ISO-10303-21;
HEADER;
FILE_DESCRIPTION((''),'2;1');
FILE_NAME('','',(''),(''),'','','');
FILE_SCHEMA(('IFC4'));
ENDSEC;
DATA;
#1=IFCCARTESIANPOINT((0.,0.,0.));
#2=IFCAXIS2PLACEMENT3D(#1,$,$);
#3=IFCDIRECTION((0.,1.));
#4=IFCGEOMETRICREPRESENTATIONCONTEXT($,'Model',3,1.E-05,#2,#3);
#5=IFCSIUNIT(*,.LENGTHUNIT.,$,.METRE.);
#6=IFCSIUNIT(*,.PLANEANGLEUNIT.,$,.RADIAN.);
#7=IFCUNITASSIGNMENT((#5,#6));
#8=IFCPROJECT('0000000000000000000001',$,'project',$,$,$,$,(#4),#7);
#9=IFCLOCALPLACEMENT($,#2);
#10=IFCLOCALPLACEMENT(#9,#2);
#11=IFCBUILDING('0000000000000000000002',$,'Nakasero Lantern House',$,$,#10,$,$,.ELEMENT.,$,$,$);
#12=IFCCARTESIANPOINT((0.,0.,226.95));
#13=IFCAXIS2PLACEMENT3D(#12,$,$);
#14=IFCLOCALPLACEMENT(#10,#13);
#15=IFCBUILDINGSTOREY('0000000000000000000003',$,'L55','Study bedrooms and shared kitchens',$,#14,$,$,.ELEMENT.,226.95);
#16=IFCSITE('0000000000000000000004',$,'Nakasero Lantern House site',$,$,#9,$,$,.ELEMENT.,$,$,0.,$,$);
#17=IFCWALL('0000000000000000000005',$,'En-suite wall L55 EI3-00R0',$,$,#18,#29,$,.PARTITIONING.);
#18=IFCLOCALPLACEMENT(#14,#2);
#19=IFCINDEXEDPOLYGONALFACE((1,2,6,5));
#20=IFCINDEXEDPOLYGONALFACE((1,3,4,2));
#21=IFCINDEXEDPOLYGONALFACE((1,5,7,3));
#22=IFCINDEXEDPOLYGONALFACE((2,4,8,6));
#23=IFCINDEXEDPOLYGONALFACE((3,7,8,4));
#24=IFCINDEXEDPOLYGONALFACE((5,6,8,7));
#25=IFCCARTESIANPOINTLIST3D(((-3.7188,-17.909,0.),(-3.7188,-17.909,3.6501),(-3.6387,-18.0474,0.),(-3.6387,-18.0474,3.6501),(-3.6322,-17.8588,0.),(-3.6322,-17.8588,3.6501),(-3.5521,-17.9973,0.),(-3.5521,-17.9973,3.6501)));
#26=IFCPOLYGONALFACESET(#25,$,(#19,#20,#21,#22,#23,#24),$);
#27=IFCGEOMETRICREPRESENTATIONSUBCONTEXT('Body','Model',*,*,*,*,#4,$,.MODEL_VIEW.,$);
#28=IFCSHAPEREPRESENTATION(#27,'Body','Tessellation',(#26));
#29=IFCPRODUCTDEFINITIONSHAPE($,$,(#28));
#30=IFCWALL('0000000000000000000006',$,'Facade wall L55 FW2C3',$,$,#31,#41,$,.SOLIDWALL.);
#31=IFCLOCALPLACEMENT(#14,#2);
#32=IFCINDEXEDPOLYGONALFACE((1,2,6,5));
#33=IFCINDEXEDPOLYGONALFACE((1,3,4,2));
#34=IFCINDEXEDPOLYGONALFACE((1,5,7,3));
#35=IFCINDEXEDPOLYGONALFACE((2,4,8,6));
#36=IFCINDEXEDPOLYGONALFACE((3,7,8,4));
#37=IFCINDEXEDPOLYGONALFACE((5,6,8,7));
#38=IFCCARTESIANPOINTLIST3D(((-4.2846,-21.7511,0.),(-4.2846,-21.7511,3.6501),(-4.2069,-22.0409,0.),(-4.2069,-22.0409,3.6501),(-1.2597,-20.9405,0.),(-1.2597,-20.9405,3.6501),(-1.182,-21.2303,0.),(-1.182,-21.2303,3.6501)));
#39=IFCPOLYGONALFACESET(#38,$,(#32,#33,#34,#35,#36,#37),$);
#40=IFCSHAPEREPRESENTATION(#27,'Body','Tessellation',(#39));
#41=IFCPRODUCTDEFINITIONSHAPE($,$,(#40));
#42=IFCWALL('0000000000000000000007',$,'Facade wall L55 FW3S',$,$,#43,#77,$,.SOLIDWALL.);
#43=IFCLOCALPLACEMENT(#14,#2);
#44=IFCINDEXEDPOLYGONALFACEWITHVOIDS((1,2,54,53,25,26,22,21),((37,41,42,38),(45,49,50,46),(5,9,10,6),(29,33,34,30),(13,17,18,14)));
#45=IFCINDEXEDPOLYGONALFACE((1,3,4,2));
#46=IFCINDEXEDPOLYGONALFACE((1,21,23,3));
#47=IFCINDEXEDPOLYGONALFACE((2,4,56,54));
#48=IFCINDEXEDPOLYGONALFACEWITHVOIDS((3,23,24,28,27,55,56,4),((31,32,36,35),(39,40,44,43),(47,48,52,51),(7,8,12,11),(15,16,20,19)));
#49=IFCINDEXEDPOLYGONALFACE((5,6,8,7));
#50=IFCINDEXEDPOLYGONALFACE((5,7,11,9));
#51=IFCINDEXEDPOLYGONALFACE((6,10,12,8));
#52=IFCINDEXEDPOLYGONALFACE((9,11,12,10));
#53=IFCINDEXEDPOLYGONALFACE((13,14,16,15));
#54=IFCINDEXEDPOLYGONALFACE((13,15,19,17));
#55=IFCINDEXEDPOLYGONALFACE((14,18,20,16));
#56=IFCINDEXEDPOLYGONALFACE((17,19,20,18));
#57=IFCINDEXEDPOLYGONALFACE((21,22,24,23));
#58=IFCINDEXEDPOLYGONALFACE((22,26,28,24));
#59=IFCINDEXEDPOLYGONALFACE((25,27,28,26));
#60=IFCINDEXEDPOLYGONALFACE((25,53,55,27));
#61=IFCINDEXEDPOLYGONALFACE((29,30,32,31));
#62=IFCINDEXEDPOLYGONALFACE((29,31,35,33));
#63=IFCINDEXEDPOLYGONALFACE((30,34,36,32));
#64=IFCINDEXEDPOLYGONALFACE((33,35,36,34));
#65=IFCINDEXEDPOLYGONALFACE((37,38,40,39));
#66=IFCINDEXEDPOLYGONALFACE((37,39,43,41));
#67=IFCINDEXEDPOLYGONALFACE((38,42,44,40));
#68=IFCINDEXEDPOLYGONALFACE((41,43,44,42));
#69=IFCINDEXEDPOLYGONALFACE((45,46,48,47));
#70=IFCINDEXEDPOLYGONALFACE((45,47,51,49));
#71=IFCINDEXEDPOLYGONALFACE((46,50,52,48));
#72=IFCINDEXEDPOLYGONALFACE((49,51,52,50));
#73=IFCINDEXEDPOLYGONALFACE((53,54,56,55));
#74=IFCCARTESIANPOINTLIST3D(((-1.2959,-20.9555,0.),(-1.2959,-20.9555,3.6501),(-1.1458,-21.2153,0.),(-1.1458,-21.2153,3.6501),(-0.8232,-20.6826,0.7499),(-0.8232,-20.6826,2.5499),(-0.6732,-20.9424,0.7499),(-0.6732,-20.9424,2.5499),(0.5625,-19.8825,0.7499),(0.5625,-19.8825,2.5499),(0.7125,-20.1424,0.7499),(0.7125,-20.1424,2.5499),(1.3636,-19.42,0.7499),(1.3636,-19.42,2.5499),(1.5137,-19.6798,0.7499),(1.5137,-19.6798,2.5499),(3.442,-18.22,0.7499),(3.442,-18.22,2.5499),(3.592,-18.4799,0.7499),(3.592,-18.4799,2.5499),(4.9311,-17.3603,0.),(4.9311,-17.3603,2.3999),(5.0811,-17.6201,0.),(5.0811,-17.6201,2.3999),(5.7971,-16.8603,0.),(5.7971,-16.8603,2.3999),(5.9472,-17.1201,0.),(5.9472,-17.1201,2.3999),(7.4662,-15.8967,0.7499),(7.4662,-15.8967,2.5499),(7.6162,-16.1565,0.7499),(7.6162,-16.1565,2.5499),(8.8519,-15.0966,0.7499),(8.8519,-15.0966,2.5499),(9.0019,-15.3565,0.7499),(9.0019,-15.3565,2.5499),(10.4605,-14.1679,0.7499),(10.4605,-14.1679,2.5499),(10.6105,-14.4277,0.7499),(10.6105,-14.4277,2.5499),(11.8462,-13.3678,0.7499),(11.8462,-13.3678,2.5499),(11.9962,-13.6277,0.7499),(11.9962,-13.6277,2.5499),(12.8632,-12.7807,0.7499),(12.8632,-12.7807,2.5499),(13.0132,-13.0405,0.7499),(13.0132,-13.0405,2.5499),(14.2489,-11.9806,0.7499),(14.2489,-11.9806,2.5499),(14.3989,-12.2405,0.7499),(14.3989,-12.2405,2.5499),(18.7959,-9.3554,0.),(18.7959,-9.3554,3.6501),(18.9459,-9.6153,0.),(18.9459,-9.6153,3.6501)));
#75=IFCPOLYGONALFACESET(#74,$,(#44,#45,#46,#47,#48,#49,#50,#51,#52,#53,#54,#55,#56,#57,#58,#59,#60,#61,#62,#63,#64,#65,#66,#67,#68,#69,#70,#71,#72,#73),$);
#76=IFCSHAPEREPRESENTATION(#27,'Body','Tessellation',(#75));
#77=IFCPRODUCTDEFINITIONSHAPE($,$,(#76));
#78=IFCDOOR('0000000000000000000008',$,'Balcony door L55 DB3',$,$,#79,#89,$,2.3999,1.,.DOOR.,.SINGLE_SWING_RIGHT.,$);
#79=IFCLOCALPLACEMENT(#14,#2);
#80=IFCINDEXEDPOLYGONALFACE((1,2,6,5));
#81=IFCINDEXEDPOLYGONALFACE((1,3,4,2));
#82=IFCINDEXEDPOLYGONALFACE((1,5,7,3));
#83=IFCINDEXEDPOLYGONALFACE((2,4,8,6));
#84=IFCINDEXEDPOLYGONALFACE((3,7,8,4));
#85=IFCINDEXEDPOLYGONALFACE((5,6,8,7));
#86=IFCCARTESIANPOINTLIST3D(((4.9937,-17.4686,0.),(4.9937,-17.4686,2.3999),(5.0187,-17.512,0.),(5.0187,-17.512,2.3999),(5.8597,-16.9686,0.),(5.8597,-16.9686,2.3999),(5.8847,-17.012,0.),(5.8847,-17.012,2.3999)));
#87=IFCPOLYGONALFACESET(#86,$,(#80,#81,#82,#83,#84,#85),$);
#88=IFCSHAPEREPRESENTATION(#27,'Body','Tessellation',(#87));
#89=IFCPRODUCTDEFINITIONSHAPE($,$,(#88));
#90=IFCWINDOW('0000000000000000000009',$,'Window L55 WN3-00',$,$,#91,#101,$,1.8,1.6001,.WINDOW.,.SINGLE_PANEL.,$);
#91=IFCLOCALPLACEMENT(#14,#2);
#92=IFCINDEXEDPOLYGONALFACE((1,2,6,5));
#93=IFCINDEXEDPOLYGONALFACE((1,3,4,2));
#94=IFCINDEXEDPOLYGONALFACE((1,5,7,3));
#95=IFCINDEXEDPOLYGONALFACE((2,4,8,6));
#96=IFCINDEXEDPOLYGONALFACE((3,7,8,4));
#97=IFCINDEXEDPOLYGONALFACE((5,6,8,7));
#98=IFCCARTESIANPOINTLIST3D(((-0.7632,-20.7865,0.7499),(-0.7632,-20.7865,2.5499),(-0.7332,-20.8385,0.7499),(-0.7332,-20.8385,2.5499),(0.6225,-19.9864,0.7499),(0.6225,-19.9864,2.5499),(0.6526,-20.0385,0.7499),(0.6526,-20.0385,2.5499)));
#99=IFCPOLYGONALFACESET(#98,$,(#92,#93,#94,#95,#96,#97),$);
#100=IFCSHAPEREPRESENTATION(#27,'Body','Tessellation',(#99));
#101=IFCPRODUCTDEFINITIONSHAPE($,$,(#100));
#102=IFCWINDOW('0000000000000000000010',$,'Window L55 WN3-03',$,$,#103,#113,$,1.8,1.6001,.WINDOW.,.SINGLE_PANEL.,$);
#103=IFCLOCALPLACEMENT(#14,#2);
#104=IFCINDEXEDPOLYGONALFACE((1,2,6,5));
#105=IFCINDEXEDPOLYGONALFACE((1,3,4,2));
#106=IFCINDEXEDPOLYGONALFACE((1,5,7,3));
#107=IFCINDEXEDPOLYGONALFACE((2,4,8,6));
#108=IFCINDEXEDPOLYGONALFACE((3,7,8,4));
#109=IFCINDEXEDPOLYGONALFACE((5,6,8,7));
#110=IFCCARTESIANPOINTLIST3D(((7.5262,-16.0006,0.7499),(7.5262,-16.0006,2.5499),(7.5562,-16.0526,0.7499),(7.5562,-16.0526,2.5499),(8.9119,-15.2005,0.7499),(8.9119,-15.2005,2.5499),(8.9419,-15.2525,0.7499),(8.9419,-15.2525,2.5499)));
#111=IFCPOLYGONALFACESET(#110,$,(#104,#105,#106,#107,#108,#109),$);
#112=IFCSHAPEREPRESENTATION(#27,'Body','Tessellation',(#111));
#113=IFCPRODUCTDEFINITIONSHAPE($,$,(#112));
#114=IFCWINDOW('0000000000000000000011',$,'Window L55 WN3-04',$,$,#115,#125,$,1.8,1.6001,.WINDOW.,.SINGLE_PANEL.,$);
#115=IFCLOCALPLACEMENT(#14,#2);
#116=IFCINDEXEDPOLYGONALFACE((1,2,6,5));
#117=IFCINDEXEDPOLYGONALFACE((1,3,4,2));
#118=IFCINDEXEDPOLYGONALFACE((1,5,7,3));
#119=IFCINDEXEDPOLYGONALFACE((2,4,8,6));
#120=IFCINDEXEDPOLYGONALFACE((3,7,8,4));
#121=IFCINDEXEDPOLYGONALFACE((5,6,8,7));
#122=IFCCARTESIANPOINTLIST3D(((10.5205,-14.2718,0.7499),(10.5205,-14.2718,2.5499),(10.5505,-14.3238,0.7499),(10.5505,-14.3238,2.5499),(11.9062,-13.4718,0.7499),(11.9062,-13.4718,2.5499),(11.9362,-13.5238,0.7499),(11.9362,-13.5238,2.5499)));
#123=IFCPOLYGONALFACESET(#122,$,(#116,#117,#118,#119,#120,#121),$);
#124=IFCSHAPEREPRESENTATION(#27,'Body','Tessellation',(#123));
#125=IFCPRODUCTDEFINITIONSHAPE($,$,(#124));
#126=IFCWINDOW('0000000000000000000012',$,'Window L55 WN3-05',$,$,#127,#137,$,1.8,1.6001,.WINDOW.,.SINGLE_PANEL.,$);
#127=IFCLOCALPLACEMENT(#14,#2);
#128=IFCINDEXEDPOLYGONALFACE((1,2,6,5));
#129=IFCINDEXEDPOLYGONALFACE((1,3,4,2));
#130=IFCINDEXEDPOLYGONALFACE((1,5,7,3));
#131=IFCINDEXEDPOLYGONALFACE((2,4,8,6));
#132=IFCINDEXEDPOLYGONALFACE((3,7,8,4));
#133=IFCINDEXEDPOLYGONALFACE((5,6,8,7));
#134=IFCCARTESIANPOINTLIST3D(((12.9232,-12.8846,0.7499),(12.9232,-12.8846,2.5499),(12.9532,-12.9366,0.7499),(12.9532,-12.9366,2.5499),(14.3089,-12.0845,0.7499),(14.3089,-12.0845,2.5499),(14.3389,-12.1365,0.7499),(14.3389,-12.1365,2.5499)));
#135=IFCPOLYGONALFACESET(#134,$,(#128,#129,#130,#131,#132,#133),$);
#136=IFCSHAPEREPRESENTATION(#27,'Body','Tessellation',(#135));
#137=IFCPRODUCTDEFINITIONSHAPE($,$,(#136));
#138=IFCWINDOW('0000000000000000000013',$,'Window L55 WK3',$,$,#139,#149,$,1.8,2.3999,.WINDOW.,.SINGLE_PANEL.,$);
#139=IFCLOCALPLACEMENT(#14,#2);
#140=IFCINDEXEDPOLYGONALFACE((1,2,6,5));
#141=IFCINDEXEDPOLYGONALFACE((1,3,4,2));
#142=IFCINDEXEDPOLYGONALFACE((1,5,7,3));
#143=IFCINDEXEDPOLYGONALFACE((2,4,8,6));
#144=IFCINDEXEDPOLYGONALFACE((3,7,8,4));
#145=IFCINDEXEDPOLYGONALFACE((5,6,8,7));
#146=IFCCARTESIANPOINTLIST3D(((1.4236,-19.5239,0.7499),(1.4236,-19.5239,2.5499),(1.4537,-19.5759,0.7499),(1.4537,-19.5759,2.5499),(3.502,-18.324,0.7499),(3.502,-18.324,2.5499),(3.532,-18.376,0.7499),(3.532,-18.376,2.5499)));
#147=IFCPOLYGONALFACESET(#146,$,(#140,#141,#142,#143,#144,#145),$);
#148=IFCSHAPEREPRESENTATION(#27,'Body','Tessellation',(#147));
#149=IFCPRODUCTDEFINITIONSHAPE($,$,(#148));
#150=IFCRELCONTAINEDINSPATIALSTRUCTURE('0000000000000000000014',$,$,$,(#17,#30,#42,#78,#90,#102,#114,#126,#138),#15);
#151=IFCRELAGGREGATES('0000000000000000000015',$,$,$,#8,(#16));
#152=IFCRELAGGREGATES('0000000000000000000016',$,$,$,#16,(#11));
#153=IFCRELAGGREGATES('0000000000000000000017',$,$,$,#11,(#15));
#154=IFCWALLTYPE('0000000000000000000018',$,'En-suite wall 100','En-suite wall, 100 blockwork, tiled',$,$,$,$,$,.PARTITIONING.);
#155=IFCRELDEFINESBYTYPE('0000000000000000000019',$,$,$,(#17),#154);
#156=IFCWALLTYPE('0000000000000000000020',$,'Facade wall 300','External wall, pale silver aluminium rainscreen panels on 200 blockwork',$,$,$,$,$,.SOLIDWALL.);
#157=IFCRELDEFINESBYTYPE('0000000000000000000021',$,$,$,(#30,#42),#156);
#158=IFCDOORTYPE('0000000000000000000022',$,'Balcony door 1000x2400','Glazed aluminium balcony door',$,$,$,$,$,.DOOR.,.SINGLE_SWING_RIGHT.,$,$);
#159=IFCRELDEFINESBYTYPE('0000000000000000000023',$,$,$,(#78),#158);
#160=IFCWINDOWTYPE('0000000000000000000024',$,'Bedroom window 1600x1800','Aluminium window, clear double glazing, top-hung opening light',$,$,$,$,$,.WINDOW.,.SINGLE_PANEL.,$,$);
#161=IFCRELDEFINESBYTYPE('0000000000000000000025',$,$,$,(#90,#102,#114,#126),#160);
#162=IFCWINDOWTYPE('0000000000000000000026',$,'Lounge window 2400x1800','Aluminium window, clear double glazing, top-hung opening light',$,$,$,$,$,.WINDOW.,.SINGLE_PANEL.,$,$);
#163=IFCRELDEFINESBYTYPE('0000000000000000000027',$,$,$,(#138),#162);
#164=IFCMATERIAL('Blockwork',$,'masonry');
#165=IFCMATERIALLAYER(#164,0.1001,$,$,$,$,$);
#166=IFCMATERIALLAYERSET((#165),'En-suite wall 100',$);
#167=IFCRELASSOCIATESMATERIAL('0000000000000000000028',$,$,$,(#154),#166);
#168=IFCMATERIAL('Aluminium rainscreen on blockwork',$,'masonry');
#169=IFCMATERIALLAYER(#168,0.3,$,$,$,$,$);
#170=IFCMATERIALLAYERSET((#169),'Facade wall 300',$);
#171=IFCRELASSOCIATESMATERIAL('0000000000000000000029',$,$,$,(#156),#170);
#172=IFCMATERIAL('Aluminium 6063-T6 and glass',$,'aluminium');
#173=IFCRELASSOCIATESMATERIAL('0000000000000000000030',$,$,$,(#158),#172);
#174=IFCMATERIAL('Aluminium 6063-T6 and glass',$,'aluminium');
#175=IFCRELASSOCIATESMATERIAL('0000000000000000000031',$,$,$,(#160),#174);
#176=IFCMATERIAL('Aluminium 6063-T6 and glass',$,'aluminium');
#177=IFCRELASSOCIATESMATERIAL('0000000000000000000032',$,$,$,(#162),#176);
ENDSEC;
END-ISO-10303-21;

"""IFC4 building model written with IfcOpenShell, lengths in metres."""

from ifc_helpers import new_model, si_unit, direction, frame, frame_2d, origin, place, context, subcontext, project, spatial, rectangle, extrude, material, layer, layer_set, type_object, element, fill, save


model = new_model("IFC4")

# Units and contexts
model_context = context("Model", 3, precision=1e-05, world=origin(), true_north=direction((0.0, 1.0)))
body_context = subcontext(model_context, "Body", "Model", "MODEL_VIEW")
ifc_project = project(units=[si_unit("LENGTHUNIT", "METRE"), si_unit("PLANEANGLEUNIT", "RADIAN")], contexts=[model_context])

# Site, building, storey
site_placement = place(None, origin())
site = spatial("IfcSite", under=ifc_project, at=site_placement, Name="Nakasero Lantern House site", CompositionType="ELEMENT", RefElevation=0.0)
building_placement = place(site_placement, origin())
building = spatial("IfcBuilding", under=site, at=building_placement, Name="Nakasero Lantern House", CompositionType="ELEMENT")
storey_placement = place(building_placement, frame((0.0, 0.0, 226.95)))
storey = spatial("IfcBuildingStorey", under=building, at=storey_placement, Name="L55", Description="Study bedrooms and shared kitchens", CompositionType="ELEMENT", Elevation=226.95)

# Shared definitions
ifc_material_1 = material(Name="Blockwork", Category="masonry")
ifc_layer_1 = layer(ifc_material_1, 0.1001)
ifc_layer_set_1 = layer_set([ifc_layer_1], Name="En-suite wall 100")
wall_type_1 = type_object("IfcWallType", Name="En-suite wall 100", Description="En-suite wall, 100 blockwork, tiled", PredefinedType="PARTITIONING", material=ifc_layer_set_1)

# Walls
wall_1_placement = place(storey_placement, frame((-3.6755, -17.8838, 0.0), z_axis=(0.0, 0.0, 1.0), x_axis=(0.500735, -0.8656, 0.0)))
element("IfcWall", 1, at=wall_1_placement, inside=storey, type_object=wall_type_1, Name="En-suite wall L55 EI3-00R0", PredefinedType="PARTITIONING", context=body_context, shape_type="SweptSolid", body=[
    extrude(rectangle(XDim=0.1599, YDim=0.1001, at=frame_2d((0.0801, 0.0))), origin(), (0.0, 0.0, 1.0), 3.6501),
])
ifc_material_2 = material(Name="Aluminium rainscreen on blockwork", Category="masonry")
ifc_layer_2 = layer(ifc_material_2, 0.3)
ifc_layer_set_2 = layer_set([ifc_layer_2], Name="Facade wall 300")
wall_type_2 = type_object("IfcWallType", Name="Facade wall 300", Description="External wall, pale silver aluminium rainscreen panels on 200 blockwork", PredefinedType="SOLIDWALL", material=ifc_layer_set_2)
wall_2_placement = place(storey_placement, frame((-4.2458, -21.896, 0.0), z_axis=(0.0, 0.0, 1.0), x_axis=(0.965924, 0.258827, 0.0)))
element("IfcWall", 2, at=wall_2_placement, inside=storey, type_object=wall_type_2, Name="Facade wall L55 FW2C3", PredefinedType="SOLIDWALL", context=body_context, shape_type="SweptSolid", body=[
    extrude(rectangle(XDim=3.1316, YDim=0.3, at=frame_2d((1.5659, 0.0))), origin(), (0.0, 0.0, 1.0), 3.6501),
])

# Wall, openings, door, windows
wall_3_placement = place(storey_placement, frame((-1.2209, -21.0854, 0.0), z_axis=(0.0, 0.0, 1.0), x_axis=(0.866024, 0.500003, 0.0)))
wall_3 = element("IfcWall", 3, at=wall_3_placement, inside=storey, type_object=wall_type_2, Name="Facade wall L55 FW3S", PredefinedType="SOLIDWALL", context=body_context, shape_type="SweptSolid", body=[
    extrude(rectangle(XDim=23.2, YDim=0.3, at=frame_2d((11.6001, 0.0))), origin(), (0.0, 0.0, 1.0), 3.6501),
])
opening_1_placement = place(wall_3_placement, frame((0.5459, 0.0, 0.75)))
opening_1 = element("IfcOpeningElement", 4, at=opening_1_placement, cuts=wall_3, PredefinedType="OPENING", context=body_context, shape_type="SweptSolid", body=[
    extrude(rectangle(XDim=1.6001, YDim=1.8, at=frame_2d((0.8, 0.8999))), frame((0.0, 0.1699, 0.0), z_axis=(0.0, -1.0, 0.0), x_axis=(1.0, 0.0, 0.0)), (0.0, 0.0, 1.0), 0.3401),
])
opening_2_placement = place(wall_3_placement, frame((10.1177, 0.0, 0.75)))
opening_2 = element("IfcOpeningElement", 5, at=opening_2_placement, cuts=wall_3, PredefinedType="OPENING", context=body_context, shape_type="SweptSolid", body=[
    extrude(rectangle(XDim=1.6001, YDim=1.8, at=frame_2d((0.8, 0.8999))), frame((0.0, 0.1699, 0.0), z_axis=(0.0, -1.0, 0.0), x_axis=(1.0, 0.0, 0.0)), (0.0, 0.0, 1.0), 0.3401),
])
opening_3_placement = place(wall_3_placement, frame((13.5752, 0.0, 0.75)))
opening_3 = element("IfcOpeningElement", 6, at=opening_3_placement, cuts=wall_3, PredefinedType="OPENING", context=body_context, shape_type="SweptSolid", body=[
    extrude(rectangle(XDim=1.6001, YDim=1.8, at=frame_2d((0.8, 0.8999))), frame((0.0, 0.1699, 0.0), z_axis=(0.0, -1.0, 0.0), x_axis=(1.0, 0.0, 0.0)), (0.0, 0.0, 1.0), 0.3401),
])
opening_4_placement = place(wall_3_placement, frame((16.3496, 0.0, 0.75)))
opening_4 = element("IfcOpeningElement", 7, at=opening_4_placement, cuts=wall_3, PredefinedType="OPENING", context=body_context, shape_type="SweptSolid", body=[
    extrude(rectangle(XDim=1.6001, YDim=1.8, at=frame_2d((0.8, 0.8999))), frame((0.0, 0.1699, 0.0), z_axis=(0.0, -1.0, 0.0), x_axis=(1.0, 0.0, 0.0)), (0.0, 0.0, 1.0), 0.3401),
])
opening_5_placement = place(wall_3_placement, frame((3.071, 0.0, 0.75)))
opening_5 = element("IfcOpeningElement", 8, at=opening_5_placement, cuts=wall_3, PredefinedType="OPENING", context=body_context, shape_type="SweptSolid", body=[
    extrude(rectangle(XDim=2.3999, YDim=1.8, at=frame_2d((1.2, 0.8999))), frame((0.0, 0.1699, 0.0), z_axis=(0.0, -1.0, 0.0), x_axis=(1.0, 0.0, 0.0)), (0.0, 0.0, 1.0), 0.3401),
])
opening_6_placement = place(wall_3_placement, frame((7.1904, 0.0, 0.0)))
opening_6 = element("IfcOpeningElement", 9, at=opening_6_placement, cuts=wall_3, PredefinedType="OPENING", context=body_context, shape_type="SweptSolid", body=[
    extrude(rectangle(XDim=1.0, YDim=2.3999, at=frame_2d((0.5, 1.2))), frame((0.0, 0.1699, 0.0), z_axis=(0.0, -1.0, 0.0), x_axis=(1.0, 0.0, 0.0)), (0.0, 0.0, 1.0), 0.3401),
])
ifc_material_3 = material(Name="Aluminium 6063-T6 and glass", Category="aluminium")
door_type_1 = type_object("IfcDoorType", Name="Balcony door 1000x2400", Description="Glazed aluminium balcony door", OperationType="SINGLE_SWING_RIGHT", PredefinedType="DOOR", material=ifc_material_3)
door_1_placement = place(opening_6_placement, origin())
door_1 = element("IfcDoor", 10, at=door_1_placement, inside=storey, type_object=door_type_1, Name="Balcony door L55 DB3", OperationType="SINGLE_SWING_RIGHT", OverallHeight=2.3999, OverallWidth=1.0, PredefinedType="DOOR", context=body_context, shape_type="SweptSolid", body=[
    extrude(rectangle(XDim=1.0, YDim=2.3999, at=frame_2d((0.5, 1.2))), frame((0.0, 0.0249, 0.0), z_axis=(0.0, -1.0, 0.0), x_axis=(1.0, 0.0, 0.0)), (0.0, 0.0, 1.0), 0.05),
])
fill(opening_6, door_1)
ifc_material_4 = material(Name="Aluminium 6063-T6 and glass", Category="aluminium")
window_type_1 = type_object("IfcWindowType", Name="Bedroom window 1600x1800", Description="Aluminium window, clear double glazing, top-hung opening light", PartitioningType="SINGLE_PANEL", PredefinedType="WINDOW", material=ifc_material_4)
window_1_placement = place(opening_1_placement, origin())
window_1 = element("IfcWindow", 11, at=window_1_placement, inside=storey, type_object=window_type_1, Name="Window L55 WN3-00", OverallHeight=1.8, OverallWidth=1.6001, PartitioningType="SINGLE_PANEL", PredefinedType="WINDOW", context=body_context, shape_type="SweptSolid", body=[
    extrude(rectangle(XDim=1.6001, YDim=1.8, at=frame_2d((0.8, 0.8999))), frame((0.0, 0.03, 0.0), z_axis=(0.0, -1.0, 0.0), x_axis=(1.0, 0.0, 0.0)), (0.0, 0.0, 1.0), 0.0601),
])
fill(opening_1, window_1)
window_2_placement = place(opening_2_placement, origin())
window_2 = element("IfcWindow", 12, at=window_2_placement, inside=storey, type_object=window_type_1, Name="Window L55 WN3-03", OverallHeight=1.8, OverallWidth=1.6001, PartitioningType="SINGLE_PANEL", PredefinedType="WINDOW", context=body_context, shape_type="SweptSolid", body=[
    extrude(rectangle(XDim=1.6001, YDim=1.8, at=frame_2d((0.8, 0.8999))), frame((0.0, 0.03, 0.0), z_axis=(0.0, -1.0, 0.0), x_axis=(1.0, 0.0, 0.0)), (0.0, 0.0, 1.0), 0.0601),
])
fill(opening_2, window_2)
window_3_placement = place(opening_3_placement, origin())
window_3 = element("IfcWindow", 13, at=window_3_placement, inside=storey, type_object=window_type_1, Name="Window L55 WN3-04", OverallHeight=1.8, OverallWidth=1.6001, PartitioningType="SINGLE_PANEL", PredefinedType="WINDOW", context=body_context, shape_type="SweptSolid", body=[
    extrude(rectangle(XDim=1.6001, YDim=1.8, at=frame_2d((0.8, 0.8999))), frame((0.0, 0.03, 0.0), z_axis=(0.0, -1.0, 0.0), x_axis=(1.0, 0.0, 0.0)), (0.0, 0.0, 1.0), 0.0601),
])
fill(opening_3, window_3)
window_4_placement = place(opening_4_placement, origin())
window_4 = element("IfcWindow", 14, at=window_4_placement, inside=storey, type_object=window_type_1, Name="Window L55 WN3-05", OverallHeight=1.8, OverallWidth=1.6001, PartitioningType="SINGLE_PANEL", PredefinedType="WINDOW", context=body_context, shape_type="SweptSolid", body=[
    extrude(rectangle(XDim=1.6001, YDim=1.8, at=frame_2d((0.8, 0.8999))), frame((0.0, 0.03, 0.0), z_axis=(0.0, -1.0, 0.0), x_axis=(1.0, 0.0, 0.0)), (0.0, 0.0, 1.0), 0.0601),
])
fill(opening_4, window_4)
ifc_material_5 = material(Name="Aluminium 6063-T6 and glass", Category="aluminium")
window_type_2 = type_object("IfcWindowType", Name="Lounge window 2400x1800", Description="Aluminium window, clear double glazing, top-hung opening light", PartitioningType="SINGLE_PANEL", PredefinedType="WINDOW", material=ifc_material_5)
window_5_placement = place(opening_5_placement, origin())
window_5 = element("IfcWindow", 15, at=window_5_placement, inside=storey, type_object=window_type_2, Name="Window L55 WK3", OverallHeight=1.8, OverallWidth=2.3999, PartitioningType="SINGLE_PANEL", PredefinedType="WINDOW", context=body_context, shape_type="SweptSolid", body=[
    extrude(rectangle(XDim=2.3999, YDim=1.8, at=frame_2d((1.2, 0.8999))), frame((0.0, 0.03, 0.0), z_axis=(0.0, -1.0, 0.0), x_axis=(1.0, 0.0, 0.0)), (0.0, 0.0, 1.0), 0.0601),
])
fill(opening_5, window_5)

save(model, "model.ifc")
